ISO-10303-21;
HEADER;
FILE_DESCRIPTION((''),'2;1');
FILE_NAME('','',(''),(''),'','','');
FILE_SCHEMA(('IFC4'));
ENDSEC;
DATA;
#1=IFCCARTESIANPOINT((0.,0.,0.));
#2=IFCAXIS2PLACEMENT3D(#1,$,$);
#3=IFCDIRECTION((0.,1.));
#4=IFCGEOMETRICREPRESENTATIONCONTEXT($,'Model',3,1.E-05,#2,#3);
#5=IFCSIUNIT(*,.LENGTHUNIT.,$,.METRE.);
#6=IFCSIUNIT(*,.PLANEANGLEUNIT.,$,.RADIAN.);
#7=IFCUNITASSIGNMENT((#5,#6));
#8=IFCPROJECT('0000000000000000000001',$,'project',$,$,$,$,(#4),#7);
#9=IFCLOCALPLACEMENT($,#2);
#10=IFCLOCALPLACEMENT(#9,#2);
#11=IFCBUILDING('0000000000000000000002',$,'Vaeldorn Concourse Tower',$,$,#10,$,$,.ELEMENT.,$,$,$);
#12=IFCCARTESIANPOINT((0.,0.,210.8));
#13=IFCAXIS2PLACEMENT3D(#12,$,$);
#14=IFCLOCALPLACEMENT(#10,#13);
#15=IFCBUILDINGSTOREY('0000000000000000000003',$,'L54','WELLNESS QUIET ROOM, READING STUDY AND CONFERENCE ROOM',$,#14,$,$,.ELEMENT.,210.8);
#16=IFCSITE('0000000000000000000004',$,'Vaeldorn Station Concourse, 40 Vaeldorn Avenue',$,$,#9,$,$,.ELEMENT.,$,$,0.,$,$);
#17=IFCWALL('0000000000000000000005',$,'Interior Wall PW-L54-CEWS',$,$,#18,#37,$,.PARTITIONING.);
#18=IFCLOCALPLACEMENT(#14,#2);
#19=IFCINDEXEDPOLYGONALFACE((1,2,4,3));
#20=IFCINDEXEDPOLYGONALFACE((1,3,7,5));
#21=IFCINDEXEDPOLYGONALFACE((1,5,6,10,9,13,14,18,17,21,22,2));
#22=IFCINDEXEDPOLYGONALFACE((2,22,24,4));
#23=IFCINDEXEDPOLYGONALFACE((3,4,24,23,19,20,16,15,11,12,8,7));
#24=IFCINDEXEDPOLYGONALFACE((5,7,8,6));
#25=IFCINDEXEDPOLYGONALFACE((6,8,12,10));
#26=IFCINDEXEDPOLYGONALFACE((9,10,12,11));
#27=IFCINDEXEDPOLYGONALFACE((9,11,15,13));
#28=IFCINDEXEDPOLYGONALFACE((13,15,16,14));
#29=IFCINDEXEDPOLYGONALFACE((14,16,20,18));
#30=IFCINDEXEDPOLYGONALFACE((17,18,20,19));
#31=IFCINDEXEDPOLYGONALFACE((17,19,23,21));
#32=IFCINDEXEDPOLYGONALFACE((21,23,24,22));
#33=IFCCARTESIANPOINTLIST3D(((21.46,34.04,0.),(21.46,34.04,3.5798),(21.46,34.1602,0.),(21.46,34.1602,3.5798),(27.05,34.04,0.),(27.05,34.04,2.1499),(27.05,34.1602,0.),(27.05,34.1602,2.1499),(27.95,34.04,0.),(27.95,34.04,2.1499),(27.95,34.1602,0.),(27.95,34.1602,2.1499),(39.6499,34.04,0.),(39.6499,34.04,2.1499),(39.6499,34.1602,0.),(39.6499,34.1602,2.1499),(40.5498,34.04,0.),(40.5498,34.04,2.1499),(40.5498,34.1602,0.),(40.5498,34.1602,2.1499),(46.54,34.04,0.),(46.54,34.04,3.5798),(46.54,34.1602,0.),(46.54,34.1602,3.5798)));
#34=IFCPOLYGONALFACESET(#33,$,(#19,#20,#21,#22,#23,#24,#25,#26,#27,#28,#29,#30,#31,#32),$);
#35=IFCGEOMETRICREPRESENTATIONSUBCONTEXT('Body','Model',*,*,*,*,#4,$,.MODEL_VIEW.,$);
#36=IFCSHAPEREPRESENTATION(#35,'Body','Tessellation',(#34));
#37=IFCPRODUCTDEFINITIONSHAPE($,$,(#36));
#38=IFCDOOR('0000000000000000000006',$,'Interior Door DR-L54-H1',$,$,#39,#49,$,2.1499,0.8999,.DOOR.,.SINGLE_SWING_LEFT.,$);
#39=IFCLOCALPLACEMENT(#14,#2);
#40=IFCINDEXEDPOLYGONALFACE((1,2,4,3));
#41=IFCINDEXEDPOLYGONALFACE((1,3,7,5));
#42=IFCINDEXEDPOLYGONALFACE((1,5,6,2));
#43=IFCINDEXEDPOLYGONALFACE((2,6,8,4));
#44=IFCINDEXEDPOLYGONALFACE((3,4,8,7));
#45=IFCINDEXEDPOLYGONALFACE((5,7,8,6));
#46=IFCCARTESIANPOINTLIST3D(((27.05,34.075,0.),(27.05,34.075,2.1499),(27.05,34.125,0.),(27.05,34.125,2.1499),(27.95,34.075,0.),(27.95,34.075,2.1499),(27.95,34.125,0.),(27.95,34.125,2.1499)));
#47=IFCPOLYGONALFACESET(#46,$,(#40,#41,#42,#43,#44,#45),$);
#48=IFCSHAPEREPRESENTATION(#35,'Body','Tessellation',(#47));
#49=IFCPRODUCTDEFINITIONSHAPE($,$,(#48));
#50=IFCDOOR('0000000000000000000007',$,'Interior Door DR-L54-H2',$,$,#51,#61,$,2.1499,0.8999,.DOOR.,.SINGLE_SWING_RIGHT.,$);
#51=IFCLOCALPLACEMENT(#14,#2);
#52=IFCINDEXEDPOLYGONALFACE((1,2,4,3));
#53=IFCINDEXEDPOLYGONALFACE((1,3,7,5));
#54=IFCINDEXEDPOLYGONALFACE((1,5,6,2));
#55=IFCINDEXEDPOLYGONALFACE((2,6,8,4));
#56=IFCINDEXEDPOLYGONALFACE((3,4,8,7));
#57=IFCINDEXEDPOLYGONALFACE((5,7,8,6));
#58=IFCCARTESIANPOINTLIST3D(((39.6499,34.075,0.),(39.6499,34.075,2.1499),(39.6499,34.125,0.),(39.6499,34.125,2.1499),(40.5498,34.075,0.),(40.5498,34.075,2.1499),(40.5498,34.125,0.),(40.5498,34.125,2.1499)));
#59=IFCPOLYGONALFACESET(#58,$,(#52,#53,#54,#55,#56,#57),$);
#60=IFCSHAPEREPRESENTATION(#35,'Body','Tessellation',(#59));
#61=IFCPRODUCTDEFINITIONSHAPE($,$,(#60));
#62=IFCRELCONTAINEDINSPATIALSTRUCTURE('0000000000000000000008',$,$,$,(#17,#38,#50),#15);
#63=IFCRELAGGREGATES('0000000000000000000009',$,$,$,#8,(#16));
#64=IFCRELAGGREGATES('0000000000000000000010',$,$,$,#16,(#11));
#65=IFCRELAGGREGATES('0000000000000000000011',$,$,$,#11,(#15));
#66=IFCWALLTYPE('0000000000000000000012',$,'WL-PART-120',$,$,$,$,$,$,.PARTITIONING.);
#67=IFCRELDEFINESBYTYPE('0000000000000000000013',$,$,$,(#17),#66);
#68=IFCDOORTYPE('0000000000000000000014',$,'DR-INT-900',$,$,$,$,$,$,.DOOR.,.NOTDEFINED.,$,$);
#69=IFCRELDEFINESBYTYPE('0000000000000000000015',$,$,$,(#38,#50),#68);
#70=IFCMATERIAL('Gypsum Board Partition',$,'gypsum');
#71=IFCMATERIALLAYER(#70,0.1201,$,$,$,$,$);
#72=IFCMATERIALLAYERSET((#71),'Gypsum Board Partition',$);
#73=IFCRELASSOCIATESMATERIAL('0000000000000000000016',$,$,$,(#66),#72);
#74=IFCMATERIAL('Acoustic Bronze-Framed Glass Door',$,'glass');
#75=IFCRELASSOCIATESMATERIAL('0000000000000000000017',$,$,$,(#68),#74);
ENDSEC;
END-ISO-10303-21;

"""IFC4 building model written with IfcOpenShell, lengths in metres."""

from ifc_helpers import new_model, si_unit, direction, frame, frame_2d, origin, place, context, subcontext, project, spatial, rectangle, extrude, source, transform, mapped, material, layer, layer_set, type_object, element, fill, save


model = new_model("IFC4")

# Units and contexts
model_context = context("Model", 3, precision=1e-05, world=origin(), true_north=direction((0.0, 1.0)))
body_context = subcontext(model_context, "Body", "Model", "MODEL_VIEW")
ifc_project = project(units=[si_unit("LENGTHUNIT", "METRE"), si_unit("PLANEANGLEUNIT", "RADIAN")], contexts=[model_context])

# Site, building, storey
site_placement = place(None, origin())
site = spatial("IfcSite", under=ifc_project, at=site_placement, Name="Vaeldorn Station Concourse, 40 Vaeldorn Avenue", CompositionType="ELEMENT", RefElevation=0.0)
building_placement = place(site_placement, origin())
building = spatial("IfcBuilding", under=site, at=building_placement, Name="Vaeldorn Concourse Tower", CompositionType="ELEMENT")
storey_placement = place(building_placement, frame((0.0, 0.0, 210.8)))
storey = spatial("IfcBuildingStorey", under=building, at=storey_placement, Name="L54", Description="WELLNESS QUIET ROOM, READING STUDY AND CONFERENCE ROOM", CompositionType="ELEMENT", Elevation=210.8)

# Wall, openings, doors
ifc_material_1 = material(Name="Gypsum Board Partition", Category="gypsum")
ifc_layer_1 = layer(ifc_material_1, 0.1201)
ifc_layer_set_1 = layer_set([ifc_layer_1], Name="Gypsum Board Partition")
wall_type_1 = type_object("IfcWallType", Name="WL-PART-120", PredefinedType="PARTITIONING", material=ifc_layer_set_1)
wall_1_placement = place(storey_placement, frame((21.46, 34.1001, 0.0), z_axis=(0.0, 0.0, 1.0), x_axis=(1.0, 0.0, 0.0)))
wall_1 = element("IfcWall", 1, at=wall_1_placement, inside=storey, type_object=wall_type_1, Name="Interior Wall PW-L54-CEWS", PredefinedType="PARTITIONING", context=body_context, shape_type="SweptSolid", body=[
    extrude(rectangle(XDim=25.0801, YDim=0.1201, at=frame_2d((12.54, 0.0))), origin(), (0.0, 0.0, 1.0), 3.5798),
])
opening_1_placement = place(wall_1_placement, frame((5.5901, 0.0, 0.0)))
opening_1 = element("IfcOpeningElement", 2, at=opening_1_placement, cuts=wall_1, PredefinedType="OPENING", context=body_context, shape_type="SweptSolid", body=[
    extrude(rectangle(XDim=0.8999, YDim=2.1499, at=frame_2d((0.45, 1.075))), frame((0.0, 0.0701, 0.0), z_axis=(0.0, -1.0, 0.0), x_axis=(1.0, 0.0, 0.0)), (0.0, 0.0, 1.0), 0.1401),
])
opening_2_placement = place(wall_1_placement, frame((18.1899, 0.0, 0.0)))
opening_2 = element("IfcOpeningElement", 3, at=opening_2_placement, cuts=wall_1, PredefinedType="OPENING", context=body_context, shape_type="SweptSolid", body=[
    extrude(rectangle(XDim=0.8999, YDim=2.1499, at=frame_2d((0.45, 1.075))), frame((0.0, 0.0701, 0.0), z_axis=(0.0, -1.0, 0.0), x_axis=(1.0, 0.0, 0.0)), (0.0, 0.0, 1.0), 0.1401),
])
ifc_material_2 = material(Name="Acoustic Bronze-Framed Glass Door", Category="glass")
door_type_1 = type_object("IfcDoorType", Name="DR-INT-900", OperationType="NOTDEFINED", PredefinedType="DOOR", material=ifc_material_2)
shared_shape_1 = source(origin(), body_context, "Body", "SweptSolid", [
    extrude(rectangle(XDim=0.8999, YDim=2.1499, at=frame_2d((0.45, 1.075))), frame((0.0, 0.0249, 0.0), z_axis=(0.0, -1.0, 0.0), x_axis=(1.0, 0.0, 0.0)), (0.0, 0.0, 1.0), 0.05),
])
door_1_placement = place(opening_1_placement, origin())
door_1 = element("IfcDoor", 4, at=door_1_placement, inside=storey, type_object=door_type_1, Name="Interior Door DR-L54-H1", OperationType="SINGLE_SWING_LEFT", OverallHeight=2.1499, OverallWidth=0.8999, PredefinedType="DOOR", context=body_context, shape_type="MappedRepresentation", body=[
    mapped(shared_shape_1, transform((0.0, 0.0, 0.0), scale=1.0)),
])
fill(opening_1, door_1)
door_2_placement = place(opening_2_placement, origin())
door_2 = element("IfcDoor", 5, at=door_2_placement, inside=storey, type_object=door_type_1, Name="Interior Door DR-L54-H2", OperationType="SINGLE_SWING_RIGHT", OverallHeight=2.1499, OverallWidth=0.8999, PredefinedType="DOOR", context=body_context, shape_type="MappedRepresentation", body=[
    mapped(shared_shape_1, transform((0.0, 0.0, 0.0), scale=1.0)),
])
fill(opening_2, door_2)

save(model, "model.ifc")
